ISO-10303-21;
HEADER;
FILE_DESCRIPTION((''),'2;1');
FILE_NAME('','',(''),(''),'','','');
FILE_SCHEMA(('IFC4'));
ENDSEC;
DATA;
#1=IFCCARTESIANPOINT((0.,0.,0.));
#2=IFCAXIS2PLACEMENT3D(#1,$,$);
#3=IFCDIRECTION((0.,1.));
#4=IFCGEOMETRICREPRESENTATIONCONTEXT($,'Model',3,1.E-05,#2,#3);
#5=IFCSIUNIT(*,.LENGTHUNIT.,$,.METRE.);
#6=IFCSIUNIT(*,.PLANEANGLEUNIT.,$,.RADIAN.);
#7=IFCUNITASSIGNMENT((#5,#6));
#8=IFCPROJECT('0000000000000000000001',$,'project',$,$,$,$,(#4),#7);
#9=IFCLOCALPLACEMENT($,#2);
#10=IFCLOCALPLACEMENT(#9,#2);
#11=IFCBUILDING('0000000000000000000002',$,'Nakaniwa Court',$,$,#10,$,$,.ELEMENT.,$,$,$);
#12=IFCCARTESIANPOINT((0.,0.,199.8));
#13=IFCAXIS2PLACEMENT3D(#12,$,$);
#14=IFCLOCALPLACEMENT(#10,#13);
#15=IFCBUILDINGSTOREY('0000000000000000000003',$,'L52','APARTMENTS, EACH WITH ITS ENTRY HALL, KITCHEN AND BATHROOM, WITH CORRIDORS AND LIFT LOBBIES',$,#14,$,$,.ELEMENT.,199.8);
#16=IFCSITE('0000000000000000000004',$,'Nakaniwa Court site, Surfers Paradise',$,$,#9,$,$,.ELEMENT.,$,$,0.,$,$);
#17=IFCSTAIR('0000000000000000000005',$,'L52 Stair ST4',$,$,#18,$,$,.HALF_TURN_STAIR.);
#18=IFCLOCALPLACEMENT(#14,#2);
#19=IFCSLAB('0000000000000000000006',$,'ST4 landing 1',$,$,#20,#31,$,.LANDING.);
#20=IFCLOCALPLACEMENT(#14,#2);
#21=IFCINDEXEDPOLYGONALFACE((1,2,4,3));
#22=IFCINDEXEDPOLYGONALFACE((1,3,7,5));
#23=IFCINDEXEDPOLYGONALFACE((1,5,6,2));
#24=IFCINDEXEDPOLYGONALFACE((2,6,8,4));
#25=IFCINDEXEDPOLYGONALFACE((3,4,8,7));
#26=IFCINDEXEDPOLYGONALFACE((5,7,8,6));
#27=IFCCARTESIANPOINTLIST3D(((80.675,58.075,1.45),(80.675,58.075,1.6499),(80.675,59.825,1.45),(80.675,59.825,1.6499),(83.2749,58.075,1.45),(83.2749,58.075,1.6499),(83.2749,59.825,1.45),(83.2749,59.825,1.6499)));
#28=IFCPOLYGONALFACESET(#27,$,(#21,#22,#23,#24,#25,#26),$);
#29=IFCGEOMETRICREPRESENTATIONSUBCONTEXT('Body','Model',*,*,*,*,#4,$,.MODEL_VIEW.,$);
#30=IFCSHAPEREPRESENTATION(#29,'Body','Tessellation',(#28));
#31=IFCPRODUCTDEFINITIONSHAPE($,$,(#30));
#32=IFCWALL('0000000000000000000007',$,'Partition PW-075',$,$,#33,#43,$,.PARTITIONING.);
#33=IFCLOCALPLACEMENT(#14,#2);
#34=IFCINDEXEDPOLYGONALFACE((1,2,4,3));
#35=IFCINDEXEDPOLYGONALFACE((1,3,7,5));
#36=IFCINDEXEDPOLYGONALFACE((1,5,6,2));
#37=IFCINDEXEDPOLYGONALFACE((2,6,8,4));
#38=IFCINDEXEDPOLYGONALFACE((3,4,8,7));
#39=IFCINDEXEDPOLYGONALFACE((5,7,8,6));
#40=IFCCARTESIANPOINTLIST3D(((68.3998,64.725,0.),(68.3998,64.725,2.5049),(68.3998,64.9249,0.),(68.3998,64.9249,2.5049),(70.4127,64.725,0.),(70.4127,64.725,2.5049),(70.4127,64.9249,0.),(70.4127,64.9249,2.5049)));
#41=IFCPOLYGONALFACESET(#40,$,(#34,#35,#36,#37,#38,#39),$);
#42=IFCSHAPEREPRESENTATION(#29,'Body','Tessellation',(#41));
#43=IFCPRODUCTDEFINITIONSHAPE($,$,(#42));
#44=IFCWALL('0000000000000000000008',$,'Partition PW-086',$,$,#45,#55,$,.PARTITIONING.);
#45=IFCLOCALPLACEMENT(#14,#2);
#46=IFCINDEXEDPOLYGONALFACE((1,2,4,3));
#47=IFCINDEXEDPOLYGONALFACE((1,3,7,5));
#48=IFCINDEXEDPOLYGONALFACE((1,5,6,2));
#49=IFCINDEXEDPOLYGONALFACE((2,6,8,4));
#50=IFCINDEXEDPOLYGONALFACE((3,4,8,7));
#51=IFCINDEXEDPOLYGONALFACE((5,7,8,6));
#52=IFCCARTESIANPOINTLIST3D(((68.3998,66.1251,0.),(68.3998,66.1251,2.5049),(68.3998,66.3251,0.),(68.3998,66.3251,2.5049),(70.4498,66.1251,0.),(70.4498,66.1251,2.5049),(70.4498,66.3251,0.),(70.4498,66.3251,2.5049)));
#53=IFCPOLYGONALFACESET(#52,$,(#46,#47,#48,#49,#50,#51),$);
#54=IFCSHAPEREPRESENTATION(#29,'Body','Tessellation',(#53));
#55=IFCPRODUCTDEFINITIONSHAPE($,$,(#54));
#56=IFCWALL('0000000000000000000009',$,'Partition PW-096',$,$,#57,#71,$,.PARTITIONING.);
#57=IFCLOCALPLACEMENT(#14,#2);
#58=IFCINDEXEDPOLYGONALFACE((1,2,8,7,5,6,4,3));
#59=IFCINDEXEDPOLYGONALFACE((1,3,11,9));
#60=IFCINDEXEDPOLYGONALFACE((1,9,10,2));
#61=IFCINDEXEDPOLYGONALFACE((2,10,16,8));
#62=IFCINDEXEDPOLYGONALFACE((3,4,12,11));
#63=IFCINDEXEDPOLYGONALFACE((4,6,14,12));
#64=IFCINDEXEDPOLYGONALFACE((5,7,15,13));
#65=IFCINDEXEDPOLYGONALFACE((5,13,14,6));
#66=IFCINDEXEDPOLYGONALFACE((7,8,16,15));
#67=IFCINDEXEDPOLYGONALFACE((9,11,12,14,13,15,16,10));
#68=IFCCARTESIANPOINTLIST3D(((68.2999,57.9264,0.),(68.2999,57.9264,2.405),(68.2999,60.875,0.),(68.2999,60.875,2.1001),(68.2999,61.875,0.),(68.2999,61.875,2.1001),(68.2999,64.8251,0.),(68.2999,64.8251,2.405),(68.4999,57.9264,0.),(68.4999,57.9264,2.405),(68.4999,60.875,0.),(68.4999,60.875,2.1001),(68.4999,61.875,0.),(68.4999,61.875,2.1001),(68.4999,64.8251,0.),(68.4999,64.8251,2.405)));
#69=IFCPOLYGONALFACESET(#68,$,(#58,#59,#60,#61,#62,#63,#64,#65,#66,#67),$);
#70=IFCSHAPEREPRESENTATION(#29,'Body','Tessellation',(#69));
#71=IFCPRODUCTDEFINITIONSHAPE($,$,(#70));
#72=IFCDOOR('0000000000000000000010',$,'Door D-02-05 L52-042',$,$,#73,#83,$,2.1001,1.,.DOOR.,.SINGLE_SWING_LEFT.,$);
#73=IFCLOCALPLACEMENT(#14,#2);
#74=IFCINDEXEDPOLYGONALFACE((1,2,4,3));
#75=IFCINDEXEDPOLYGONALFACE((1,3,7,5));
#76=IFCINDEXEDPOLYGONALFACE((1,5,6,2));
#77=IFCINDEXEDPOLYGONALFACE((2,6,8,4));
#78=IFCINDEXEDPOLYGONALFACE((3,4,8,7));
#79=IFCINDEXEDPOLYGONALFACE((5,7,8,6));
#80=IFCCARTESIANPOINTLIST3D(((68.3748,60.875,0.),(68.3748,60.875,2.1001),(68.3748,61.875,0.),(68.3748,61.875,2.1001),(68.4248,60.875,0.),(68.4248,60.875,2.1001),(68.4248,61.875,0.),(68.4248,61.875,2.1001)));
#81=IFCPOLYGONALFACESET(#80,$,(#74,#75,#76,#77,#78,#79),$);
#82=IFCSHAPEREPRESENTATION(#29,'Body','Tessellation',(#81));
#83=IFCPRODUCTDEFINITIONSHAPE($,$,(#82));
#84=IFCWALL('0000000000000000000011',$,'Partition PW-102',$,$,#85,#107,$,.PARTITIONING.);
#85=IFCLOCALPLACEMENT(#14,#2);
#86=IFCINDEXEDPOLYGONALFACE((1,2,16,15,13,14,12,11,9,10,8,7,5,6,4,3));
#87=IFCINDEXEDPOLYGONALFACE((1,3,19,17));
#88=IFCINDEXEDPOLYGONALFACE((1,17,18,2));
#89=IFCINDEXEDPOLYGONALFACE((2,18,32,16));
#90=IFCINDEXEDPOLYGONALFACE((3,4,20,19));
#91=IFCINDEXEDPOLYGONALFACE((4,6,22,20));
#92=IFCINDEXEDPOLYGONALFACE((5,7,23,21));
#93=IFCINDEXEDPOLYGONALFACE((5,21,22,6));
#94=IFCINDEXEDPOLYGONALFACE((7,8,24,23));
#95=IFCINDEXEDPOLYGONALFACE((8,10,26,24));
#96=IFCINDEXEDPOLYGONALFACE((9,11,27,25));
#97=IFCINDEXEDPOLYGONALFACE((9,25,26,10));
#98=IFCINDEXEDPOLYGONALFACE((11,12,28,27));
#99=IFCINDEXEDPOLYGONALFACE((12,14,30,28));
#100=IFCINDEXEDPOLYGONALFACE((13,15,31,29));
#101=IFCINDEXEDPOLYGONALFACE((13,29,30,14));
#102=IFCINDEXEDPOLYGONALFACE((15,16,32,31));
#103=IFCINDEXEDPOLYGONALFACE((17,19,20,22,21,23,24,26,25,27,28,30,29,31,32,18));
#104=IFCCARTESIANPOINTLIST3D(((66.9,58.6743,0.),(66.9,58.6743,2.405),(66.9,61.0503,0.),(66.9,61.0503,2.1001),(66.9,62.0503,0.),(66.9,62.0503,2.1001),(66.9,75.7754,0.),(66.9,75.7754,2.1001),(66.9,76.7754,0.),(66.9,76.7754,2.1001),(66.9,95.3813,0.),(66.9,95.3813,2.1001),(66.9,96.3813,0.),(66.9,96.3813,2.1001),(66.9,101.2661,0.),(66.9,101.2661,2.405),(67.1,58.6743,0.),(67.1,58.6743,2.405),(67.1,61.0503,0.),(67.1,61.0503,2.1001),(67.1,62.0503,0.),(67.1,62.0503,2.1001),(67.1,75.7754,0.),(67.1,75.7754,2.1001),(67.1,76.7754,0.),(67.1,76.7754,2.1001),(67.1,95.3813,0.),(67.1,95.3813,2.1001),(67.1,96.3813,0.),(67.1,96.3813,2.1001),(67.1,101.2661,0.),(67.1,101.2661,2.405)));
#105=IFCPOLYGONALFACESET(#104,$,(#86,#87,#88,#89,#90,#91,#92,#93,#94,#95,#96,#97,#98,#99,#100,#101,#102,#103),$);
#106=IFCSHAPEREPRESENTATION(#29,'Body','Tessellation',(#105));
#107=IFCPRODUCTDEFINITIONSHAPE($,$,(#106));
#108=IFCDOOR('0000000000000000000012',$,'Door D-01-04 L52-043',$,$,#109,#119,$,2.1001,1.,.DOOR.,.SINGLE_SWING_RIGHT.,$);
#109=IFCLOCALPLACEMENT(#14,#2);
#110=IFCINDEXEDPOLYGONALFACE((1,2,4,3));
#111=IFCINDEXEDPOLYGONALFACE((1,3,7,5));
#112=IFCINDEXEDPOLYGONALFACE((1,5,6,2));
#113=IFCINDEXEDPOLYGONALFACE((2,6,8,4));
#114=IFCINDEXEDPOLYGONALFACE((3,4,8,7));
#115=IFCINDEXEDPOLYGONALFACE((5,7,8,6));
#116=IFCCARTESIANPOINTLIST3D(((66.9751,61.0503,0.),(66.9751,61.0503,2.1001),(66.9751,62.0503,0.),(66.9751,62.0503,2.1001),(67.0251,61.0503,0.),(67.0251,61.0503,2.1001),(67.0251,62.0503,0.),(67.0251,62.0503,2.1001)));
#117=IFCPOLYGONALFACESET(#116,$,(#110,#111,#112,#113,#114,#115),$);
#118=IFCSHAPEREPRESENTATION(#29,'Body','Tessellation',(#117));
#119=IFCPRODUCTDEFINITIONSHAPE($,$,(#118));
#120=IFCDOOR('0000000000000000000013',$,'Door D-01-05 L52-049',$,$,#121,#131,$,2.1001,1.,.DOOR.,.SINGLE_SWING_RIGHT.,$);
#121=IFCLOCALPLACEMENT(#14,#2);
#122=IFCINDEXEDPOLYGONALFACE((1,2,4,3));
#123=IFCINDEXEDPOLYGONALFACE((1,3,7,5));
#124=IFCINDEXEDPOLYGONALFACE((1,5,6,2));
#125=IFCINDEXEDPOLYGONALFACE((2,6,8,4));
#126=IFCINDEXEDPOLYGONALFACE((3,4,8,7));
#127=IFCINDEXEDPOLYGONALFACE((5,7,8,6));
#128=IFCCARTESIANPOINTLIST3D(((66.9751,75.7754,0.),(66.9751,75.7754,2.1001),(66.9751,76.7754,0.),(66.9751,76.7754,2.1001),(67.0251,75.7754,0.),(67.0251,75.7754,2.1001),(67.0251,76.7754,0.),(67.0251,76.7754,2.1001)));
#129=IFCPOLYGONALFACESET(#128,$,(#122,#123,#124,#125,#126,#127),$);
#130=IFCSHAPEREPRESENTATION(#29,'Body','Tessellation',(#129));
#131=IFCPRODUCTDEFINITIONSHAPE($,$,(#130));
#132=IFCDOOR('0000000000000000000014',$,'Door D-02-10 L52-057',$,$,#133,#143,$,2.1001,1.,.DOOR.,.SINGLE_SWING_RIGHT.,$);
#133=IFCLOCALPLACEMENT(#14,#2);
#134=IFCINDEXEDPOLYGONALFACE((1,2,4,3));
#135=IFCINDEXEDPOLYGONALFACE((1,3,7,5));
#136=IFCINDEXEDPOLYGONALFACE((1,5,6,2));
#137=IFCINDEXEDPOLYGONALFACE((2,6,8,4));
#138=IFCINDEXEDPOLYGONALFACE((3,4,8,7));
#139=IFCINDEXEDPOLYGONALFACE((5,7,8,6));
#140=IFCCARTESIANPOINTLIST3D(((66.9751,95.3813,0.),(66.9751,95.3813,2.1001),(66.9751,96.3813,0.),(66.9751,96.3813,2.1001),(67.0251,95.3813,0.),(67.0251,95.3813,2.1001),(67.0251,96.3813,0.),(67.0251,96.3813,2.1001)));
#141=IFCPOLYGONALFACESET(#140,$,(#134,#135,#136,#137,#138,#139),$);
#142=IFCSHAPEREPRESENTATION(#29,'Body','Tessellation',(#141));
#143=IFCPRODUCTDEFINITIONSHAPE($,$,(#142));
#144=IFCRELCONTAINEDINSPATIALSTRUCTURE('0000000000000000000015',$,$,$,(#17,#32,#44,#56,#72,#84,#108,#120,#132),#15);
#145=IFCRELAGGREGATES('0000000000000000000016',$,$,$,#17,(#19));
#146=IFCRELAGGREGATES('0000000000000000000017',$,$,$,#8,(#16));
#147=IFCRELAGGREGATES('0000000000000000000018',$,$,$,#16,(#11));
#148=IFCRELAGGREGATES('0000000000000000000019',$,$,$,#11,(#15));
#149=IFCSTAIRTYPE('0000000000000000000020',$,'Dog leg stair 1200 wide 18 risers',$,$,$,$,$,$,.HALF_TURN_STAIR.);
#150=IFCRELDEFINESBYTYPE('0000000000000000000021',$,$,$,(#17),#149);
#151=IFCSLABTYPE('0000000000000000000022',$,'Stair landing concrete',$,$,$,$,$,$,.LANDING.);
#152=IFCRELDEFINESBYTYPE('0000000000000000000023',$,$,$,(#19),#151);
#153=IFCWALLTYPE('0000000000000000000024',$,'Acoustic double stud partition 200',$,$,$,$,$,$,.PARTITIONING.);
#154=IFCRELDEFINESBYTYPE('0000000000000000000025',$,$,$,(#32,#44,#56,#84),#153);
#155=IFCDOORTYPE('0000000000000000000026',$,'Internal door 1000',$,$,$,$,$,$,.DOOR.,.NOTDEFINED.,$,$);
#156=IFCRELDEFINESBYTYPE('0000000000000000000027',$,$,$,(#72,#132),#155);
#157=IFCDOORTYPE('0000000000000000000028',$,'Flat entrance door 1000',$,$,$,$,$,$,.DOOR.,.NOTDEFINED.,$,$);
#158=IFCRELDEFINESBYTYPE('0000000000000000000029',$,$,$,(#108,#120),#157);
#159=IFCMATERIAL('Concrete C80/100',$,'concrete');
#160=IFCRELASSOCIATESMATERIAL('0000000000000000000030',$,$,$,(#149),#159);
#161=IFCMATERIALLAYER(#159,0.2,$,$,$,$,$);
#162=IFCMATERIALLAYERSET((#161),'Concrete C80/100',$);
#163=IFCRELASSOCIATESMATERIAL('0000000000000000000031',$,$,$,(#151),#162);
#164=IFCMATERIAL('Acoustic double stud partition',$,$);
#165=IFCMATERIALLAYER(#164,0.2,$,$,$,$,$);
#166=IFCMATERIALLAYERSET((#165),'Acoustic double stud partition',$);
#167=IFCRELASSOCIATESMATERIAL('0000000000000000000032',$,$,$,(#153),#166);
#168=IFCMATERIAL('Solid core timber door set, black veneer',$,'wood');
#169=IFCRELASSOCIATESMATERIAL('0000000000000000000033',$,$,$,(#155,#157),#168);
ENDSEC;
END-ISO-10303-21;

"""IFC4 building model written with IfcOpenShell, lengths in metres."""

from ifc_helpers import new_model, si_unit, direction, frame, frame_2d, origin, place, context, subcontext, project, spatial, polyline, rectangle, outline, extrude, material, layer, layer_set, type_object, element, fill, aggregate, save


model = new_model("IFC4")

# Units and contexts
model_context = context("Model", 3, precision=1e-05, world=origin(), true_north=direction((0.0, 1.0)))
body_context = subcontext(model_context, "Body", "Model", "MODEL_VIEW")
ifc_project = project(units=[si_unit("LENGTHUNIT", "METRE"), si_unit("PLANEANGLEUNIT", "RADIAN")], contexts=[model_context])

# Site, building, storey
site_placement = place(None, origin())
site = spatial("IfcSite", under=ifc_project, at=site_placement, Name="Nakaniwa Court site, Surfers Paradise", CompositionType="ELEMENT", RefElevation=0.0)
building_placement = place(site_placement, origin())
building = spatial("IfcBuilding", under=site, at=building_placement, Name="Nakaniwa Court", CompositionType="ELEMENT")
storey_placement = place(building_placement, frame((0.0, 0.0, 199.8)))
storey = spatial("IfcBuildingStorey", under=building, at=storey_placement, Name="L52", Description="APARTMENTS, EACH WITH ITS ENTRY HALL, KITCHEN AND BATHROOM, WITH CORRIDORS AND LIFT LOBBIES", CompositionType="ELEMENT", Elevation=199.8)

# Shared definitions
ifc_material_1 = material(Name="Concrete C80/100", Category="concrete")

# Stair, slab
stair_type = type_object("IfcStairType", Name="Dog leg stair 1200 wide 18 risers", PredefinedType="HALF_TURN_STAIR", material=ifc_material_1)
ifc_layer_1 = layer(ifc_material_1, 0.2)
ifc_layer_set_1 = layer_set([ifc_layer_1], Name="Concrete C80/100")
slab_type_1 = type_object("IfcSlabType", Name="Stair landing concrete", PredefinedType="LANDING", material=ifc_layer_set_1)
stair_1_placement = place(storey_placement, origin())
stair_1 = element("IfcStair", 1, at=stair_1_placement, inside=storey, type_object=stair_type, Name="L52 Stair ST4", PredefinedType="HALF_TURN_STAIR")
slab_1_placement = place(storey_placement, frame((0.0, 0.0, 1.45)))
slab_1 = element("IfcSlab", 2, at=slab_1_placement, type_object=slab_type_1, Name="ST4 landing 1", PredefinedType="LANDING", context=body_context, shape_type="SweptSolid", body=[
    extrude(outline(polyline([(83.2749, 58.075), (83.2749, 59.825), (80.675, 59.825), (80.675, 58.075), (83.2749, 58.075)])), origin(), (0.0, 0.0, 1.0), 0.2),
])
aggregate(stair_1, [slab_1])

# Walls
ifc_material_2 = material(Name="Acoustic double stud partition")
ifc_layer_2 = layer(ifc_material_2, 0.2)
ifc_layer_set_2 = layer_set([ifc_layer_2], Name="Acoustic double stud partition")
wall_type_1 = type_object("IfcWallType", Name="Acoustic double stud partition 200", PredefinedType="PARTITIONING", material=ifc_layer_set_2)
wall_1_placement = place(storey_placement, frame((68.3999, 64.825, 0.0), z_axis=(0.0, 0.0, 1.0), x_axis=(1.0, 0.0, 0.0)))
element("IfcWall", 3, at=wall_1_placement, inside=storey, type_object=wall_type_1, Name="Partition PW-075", PredefinedType="PARTITIONING", context=body_context, shape_type="SweptSolid", body=[
    extrude(rectangle(XDim=2.0129, YDim=0.2, at=frame_2d((1.0063, 0.0))), origin(), (0.0, 0.0, 1.0), 2.5049),
])
wall_2_placement = place(storey_placement, frame((68.3999, 66.2251, 0.0), z_axis=(0.0, 0.0, 1.0), x_axis=(1.0, 0.0, 0.0)))
element("IfcWall", 4, at=wall_2_placement, inside=storey, type_object=wall_type_1, Name="Partition PW-086", PredefinedType="PARTITIONING", context=body_context, shape_type="SweptSolid", body=[
    extrude(rectangle(XDim=2.05, YDim=0.2, at=frame_2d((1.0249, 0.0))), origin(), (0.0, 0.0, 1.0), 2.5049),
])

# Wall, opening, door
wall_3_placement = place(storey_placement, frame((68.3999, 64.825, 0.0), z_axis=(0.0, 0.0, 1.0), x_axis=(0.0, -1.0, 0.0)))
wall_3 = element("IfcWall", 5, at=wall_3_placement, inside=storey, type_object=wall_type_1, Name="Partition PW-096", PredefinedType="PARTITIONING", context=body_context, shape_type="SweptSolid", body=[
    extrude(rectangle(XDim=6.8987, YDim=0.2, at=frame_2d((3.4492, 0.0))), origin(), (0.0, 0.0, 1.0), 2.405),
])
opening_1_placement = place(wall_3_placement, frame((2.95, 0.0, 0.0)))
opening_1 = element("IfcOpeningElement", 6, at=opening_1_placement, cuts=wall_3, PredefinedType="OPENING", context=body_context, shape_type="SweptSolid", body=[
    extrude(rectangle(XDim=1.0, YDim=2.1001, at=frame_2d((0.5, 1.05))), frame((0.0, 0.1099, 0.0), z_axis=(0.0, -1.0, 0.0), x_axis=(1.0, 0.0, 0.0)), (0.0, 0.0, 1.0), 0.22),
])
ifc_material_3 = material(Name="Solid core timber door set, black veneer", Category="wood")
door_type_1 = type_object("IfcDoorType", Name="Internal door 1000", OperationType="NOTDEFINED", PredefinedType="DOOR", material=ifc_material_3)
door_1_placement = place(opening_1_placement, origin())
door_1 = element("IfcDoor", 7, at=door_1_placement, inside=storey, type_object=door_type_1, Name="Door D-02-05 L52-042", OperationType="SINGLE_SWING_LEFT", OverallHeight=2.1001, OverallWidth=1.0, PredefinedType="DOOR", context=body_context, shape_type="SweptSolid", body=[
    extrude(rectangle(XDim=1.0, YDim=2.1001, at=frame_2d((0.5, 1.05))), frame((0.0, 0.0249, 0.0), z_axis=(0.0, -1.0, 0.0), x_axis=(1.0, 0.0, 0.0)), (0.0, 0.0, 1.0), 0.05),
])
fill(opening_1, door_1)

# Wall, openings, doors
wall_4_placement = place(storey_placement, frame((67.0, 58.6743, 0.0), z_axis=(0.0, 0.0, 1.0), x_axis=(0.0, 1.0, 0.0)))
wall_4 = element("IfcWall", 8, at=wall_4_placement, inside=storey, type_object=wall_type_1, Name="Partition PW-102", PredefinedType="PARTITIONING", context=body_context, shape_type="SweptSolid", body=[
    extrude(rectangle(XDim=42.5918, YDim=0.2, at=frame_2d((21.2959, 0.0))), origin(), (0.0, 0.0, 1.0), 2.405),
])
opening_2_placement = place(wall_4_placement, frame((2.376, 0.0, 0.0)))
opening_2 = element("IfcOpeningElement", 9, at=opening_2_placement, cuts=wall_4, PredefinedType="OPENING", context=body_context, shape_type="SweptSolid", body=[
    extrude(rectangle(XDim=1.0, YDim=2.1001, at=frame_2d((0.5, 1.05))), frame((0.0, 0.1099, 0.0), z_axis=(0.0, -1.0, 0.0), x_axis=(1.0, 0.0, 0.0)), (0.0, 0.0, 1.0), 0.22),
])
opening_3_placement = place(wall_4_placement, frame((17.1011, 0.0, 0.0)))
opening_3 = element("IfcOpeningElement", 10, at=opening_3_placement, cuts=wall_4, PredefinedType="OPENING", context=body_context, shape_type="SweptSolid", body=[
    extrude(rectangle(XDim=1.0, YDim=2.1001, at=frame_2d((0.5, 1.05))), frame((0.0, 0.1099, 0.0), z_axis=(0.0, -1.0, 0.0), x_axis=(1.0, 0.0, 0.0)), (0.0, 0.0, 1.0), 0.22),
])
opening_4_placement = place(wall_4_placement, frame((36.707, 0.0, 0.0)))
opening_4 = element("IfcOpeningElement", 11, at=opening_4_placement, cuts=wall_4, PredefinedType="OPENING", context=body_context, shape_type="SweptSolid", body=[
    extrude(rectangle(XDim=1.0, YDim=2.1001, at=frame_2d((0.5, 1.05))), frame((0.0, 0.1099, 0.0), z_axis=(0.0, -1.0, 0.0), x_axis=(1.0, 0.0, 0.0)), (0.0, 0.0, 1.0), 0.22),
])
door_type_2 = type_object("IfcDoorType", Name="Flat entrance door 1000", OperationType="NOTDEFINED", PredefinedType="DOOR", material=ifc_material_3)
door_2_placement = place(opening_2_placement, origin())
door_2 = element("IfcDoor", 12, at=door_2_placement, inside=storey, type_object=door_type_2, Name="Door D-01-04 L52-043", OperationType="SINGLE_SWING_RIGHT", OverallHeight=2.1001, OverallWidth=1.0, PredefinedType="DOOR", context=body_context, shape_type="SweptSolid", body=[
    extrude(rectangle(XDim=1.0, YDim=2.1001, at=frame_2d((0.5, 1.05))), frame((0.0, 0.0249, 0.0), z_axis=(0.0, -1.0, 0.0), x_axis=(1.0, 0.0, 0.0)), (0.0, 0.0, 1.0), 0.05),
])
fill(opening_2, door_2)
door_3_placement = place(opening_3_placement, origin())
door_3 = element("IfcDoor", 13, at=door_3_placement, inside=storey, type_object=door_type_2, Name="Door D-01-05 L52-049", OperationType="SINGLE_SWING_RIGHT", OverallHeight=2.1001, OverallWidth=1.0, PredefinedType="DOOR", context=body_context, shape_type="SweptSolid", body=[
    extrude(rectangle(XDim=1.0, YDim=2.1001, at=frame_2d((0.5, 1.05))), frame((0.0, 0.0249, 0.0), z_axis=(0.0, -1.0, 0.0), x_axis=(1.0, 0.0, 0.0)), (0.0, 0.0, 1.0), 0.05),
])
fill(opening_3, door_3)
door_4_placement = place(opening_4_placement, origin())
door_4 = element("IfcDoor", 14, at=door_4_placement, inside=storey, type_object=door_type_1, Name="Door D-02-10 L52-057", OperationType="SINGLE_SWING_RIGHT", OverallHeight=2.1001, OverallWidth=1.0, PredefinedType="DOOR", context=body_context, shape_type="SweptSolid", body=[
    extrude(rectangle(XDim=1.0, YDim=2.1001, at=frame_2d((0.5, 1.05))), frame((0.0, 0.0249, 0.0), z_axis=(0.0, -1.0, 0.0), x_axis=(1.0, 0.0, 0.0)), (0.0, 0.0, 1.0), 0.05),
])
fill(opening_4, door_4)

save(model, "model.ifc")
